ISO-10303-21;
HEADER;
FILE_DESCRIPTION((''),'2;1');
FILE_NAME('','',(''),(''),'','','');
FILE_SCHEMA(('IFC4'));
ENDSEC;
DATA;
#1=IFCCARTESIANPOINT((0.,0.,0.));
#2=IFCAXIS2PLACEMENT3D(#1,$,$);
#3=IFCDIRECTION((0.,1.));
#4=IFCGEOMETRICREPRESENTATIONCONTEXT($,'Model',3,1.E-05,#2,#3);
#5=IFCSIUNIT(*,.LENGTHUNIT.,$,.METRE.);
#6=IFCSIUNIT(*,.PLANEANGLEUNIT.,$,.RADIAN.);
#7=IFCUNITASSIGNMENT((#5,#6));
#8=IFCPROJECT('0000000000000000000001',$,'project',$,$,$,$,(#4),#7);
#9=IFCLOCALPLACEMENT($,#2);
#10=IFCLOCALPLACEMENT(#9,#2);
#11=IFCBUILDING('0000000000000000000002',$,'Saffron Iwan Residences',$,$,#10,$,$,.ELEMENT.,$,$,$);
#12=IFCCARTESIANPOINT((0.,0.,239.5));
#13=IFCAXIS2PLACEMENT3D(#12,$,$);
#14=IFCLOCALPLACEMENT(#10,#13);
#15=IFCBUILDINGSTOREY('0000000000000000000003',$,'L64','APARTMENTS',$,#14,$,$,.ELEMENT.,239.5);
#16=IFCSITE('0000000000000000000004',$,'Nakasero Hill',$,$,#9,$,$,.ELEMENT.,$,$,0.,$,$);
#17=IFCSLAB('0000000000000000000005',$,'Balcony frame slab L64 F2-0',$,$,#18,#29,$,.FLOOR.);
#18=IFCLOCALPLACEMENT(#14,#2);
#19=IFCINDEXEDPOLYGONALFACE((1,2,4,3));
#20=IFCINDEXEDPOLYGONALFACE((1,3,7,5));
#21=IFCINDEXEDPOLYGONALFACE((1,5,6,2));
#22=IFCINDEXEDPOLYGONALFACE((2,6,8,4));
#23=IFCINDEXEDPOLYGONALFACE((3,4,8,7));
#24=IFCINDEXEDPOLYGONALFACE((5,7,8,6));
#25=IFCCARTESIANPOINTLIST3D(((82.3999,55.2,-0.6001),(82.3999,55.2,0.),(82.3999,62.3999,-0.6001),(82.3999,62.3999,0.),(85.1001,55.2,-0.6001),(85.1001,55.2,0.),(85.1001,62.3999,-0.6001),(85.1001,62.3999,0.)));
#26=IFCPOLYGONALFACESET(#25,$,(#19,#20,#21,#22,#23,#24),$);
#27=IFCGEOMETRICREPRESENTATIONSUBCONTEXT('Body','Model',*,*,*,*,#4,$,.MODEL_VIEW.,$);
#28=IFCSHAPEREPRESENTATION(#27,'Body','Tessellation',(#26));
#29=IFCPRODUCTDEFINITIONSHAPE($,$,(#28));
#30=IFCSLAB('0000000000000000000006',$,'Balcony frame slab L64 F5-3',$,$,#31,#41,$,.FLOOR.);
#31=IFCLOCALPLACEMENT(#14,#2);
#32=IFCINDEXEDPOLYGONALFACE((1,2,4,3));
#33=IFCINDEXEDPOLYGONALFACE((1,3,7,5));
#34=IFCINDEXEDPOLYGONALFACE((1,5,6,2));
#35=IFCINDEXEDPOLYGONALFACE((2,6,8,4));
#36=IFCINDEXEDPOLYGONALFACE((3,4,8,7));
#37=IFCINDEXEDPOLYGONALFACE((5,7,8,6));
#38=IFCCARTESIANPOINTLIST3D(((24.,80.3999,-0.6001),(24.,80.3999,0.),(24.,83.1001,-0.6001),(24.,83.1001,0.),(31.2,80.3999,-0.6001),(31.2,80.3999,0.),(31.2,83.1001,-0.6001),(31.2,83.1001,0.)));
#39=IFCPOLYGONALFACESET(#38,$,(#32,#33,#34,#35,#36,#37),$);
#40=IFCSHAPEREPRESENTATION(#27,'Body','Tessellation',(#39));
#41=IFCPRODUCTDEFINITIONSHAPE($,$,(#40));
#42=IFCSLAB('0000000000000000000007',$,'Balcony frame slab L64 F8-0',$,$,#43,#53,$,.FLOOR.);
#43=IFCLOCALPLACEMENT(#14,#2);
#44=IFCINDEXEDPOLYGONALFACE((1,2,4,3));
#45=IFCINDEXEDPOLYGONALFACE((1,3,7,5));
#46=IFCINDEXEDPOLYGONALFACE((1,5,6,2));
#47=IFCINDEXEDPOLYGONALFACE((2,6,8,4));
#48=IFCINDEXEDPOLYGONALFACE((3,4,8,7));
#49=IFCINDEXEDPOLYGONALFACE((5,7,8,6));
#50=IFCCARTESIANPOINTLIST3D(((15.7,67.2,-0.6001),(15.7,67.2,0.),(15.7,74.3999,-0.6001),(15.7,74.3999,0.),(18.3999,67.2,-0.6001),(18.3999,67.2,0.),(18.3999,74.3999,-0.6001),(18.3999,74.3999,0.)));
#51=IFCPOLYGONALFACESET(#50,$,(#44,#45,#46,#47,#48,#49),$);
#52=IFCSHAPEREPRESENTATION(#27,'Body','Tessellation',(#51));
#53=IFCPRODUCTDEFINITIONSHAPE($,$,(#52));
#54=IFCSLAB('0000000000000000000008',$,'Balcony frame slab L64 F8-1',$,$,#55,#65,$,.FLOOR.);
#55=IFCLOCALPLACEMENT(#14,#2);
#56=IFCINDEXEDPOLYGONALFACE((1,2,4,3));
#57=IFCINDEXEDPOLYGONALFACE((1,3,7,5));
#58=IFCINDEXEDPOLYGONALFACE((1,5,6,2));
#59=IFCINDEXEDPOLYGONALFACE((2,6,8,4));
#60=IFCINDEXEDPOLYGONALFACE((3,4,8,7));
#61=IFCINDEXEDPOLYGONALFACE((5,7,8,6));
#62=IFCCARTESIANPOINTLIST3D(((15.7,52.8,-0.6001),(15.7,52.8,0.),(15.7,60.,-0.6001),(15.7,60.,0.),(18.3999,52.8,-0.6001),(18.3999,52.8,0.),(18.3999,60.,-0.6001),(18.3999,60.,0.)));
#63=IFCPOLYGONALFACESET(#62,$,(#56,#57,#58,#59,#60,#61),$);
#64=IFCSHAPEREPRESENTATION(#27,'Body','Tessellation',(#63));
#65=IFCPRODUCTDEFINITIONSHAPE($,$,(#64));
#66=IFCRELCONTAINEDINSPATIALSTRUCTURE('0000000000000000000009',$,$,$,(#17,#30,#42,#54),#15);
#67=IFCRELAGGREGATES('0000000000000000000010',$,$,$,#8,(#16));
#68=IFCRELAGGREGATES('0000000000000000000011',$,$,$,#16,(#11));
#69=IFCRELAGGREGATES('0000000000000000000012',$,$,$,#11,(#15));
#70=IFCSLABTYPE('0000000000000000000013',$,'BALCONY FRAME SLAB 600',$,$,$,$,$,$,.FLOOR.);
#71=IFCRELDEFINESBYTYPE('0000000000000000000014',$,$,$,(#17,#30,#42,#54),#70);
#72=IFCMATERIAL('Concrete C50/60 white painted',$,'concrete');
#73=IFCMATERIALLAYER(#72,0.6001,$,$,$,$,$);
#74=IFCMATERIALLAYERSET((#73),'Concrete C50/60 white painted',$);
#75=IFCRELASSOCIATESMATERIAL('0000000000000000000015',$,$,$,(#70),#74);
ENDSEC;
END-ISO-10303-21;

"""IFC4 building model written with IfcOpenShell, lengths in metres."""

from ifc_helpers import new_model, si_unit, direction, frame, origin, place, context, subcontext, project, spatial, polyline, outline, extrude, material, layer, layer_set, type_object, element, save


model = new_model("IFC4")

# Units and contexts
model_context = context("Model", 3, precision=1e-05, world=origin(), true_north=direction((0.0, 1.0)))
body_context = subcontext(model_context, "Body", "Model", "MODEL_VIEW")
ifc_project = project(units=[si_unit("LENGTHUNIT", "METRE"), si_unit("PLANEANGLEUNIT", "RADIAN")], contexts=[model_context])

# Site, building, storey
site_placement = place(None, origin())
site = spatial("IfcSite", under=ifc_project, at=site_placement, Name="Nakasero Hill", CompositionType="ELEMENT", RefElevation=0.0)
building_placement = place(site_placement, origin())
building = spatial("IfcBuilding", under=site, at=building_placement, Name="Saffron Iwan Residences", CompositionType="ELEMENT")
storey_placement = place(building_placement, frame((0.0, 0.0, 239.5)))
storey = spatial("IfcBuildingStorey", under=building, at=storey_placement, Name="L64", Description="APARTMENTS", CompositionType="ELEMENT", Elevation=239.5)

# Slabs
ifc_material_1 = material(Name="Concrete C50/60 white painted", Category="concrete")
ifc_layer_1 = layer(ifc_material_1, 0.6001)
ifc_layer_set_1 = layer_set([ifc_layer_1], Name="Concrete C50/60 white painted")
slab_type_1 = type_object("IfcSlabType", Name="BALCONY FRAME SLAB 600", PredefinedType="FLOOR", material=ifc_layer_set_1)
slab_1_placement = place(storey_placement, frame((0.0, 0.0, -0.6001)))
element("IfcSlab", 1, at=slab_1_placement, inside=storey, type_object=slab_type_1, Name="Balcony frame slab L64 F2-0", PredefinedType="FLOOR", context=body_context, shape_type="SweptSolid", body=[
    extrude(outline(polyline([(85.1001, 55.2), (85.1001, 62.3999), (82.3999, 62.3999), (82.3999, 55.2), (85.1001, 55.2)])), origin(), (0.0, 0.0, 1.0), 0.6001),
])
slab_2_placement = place(storey_placement, frame((0.0, 0.0, -0.6001)))
element("IfcSlab", 2, at=slab_2_placement, inside=storey, type_object=slab_type_1, Name="Balcony frame slab L64 F5-3", PredefinedType="FLOOR", context=body_context, shape_type="SweptSolid", body=[
    extrude(outline(polyline([(31.2, 83.1001), (24.0, 83.1001), (24.0, 80.3999), (31.2, 80.3999), (31.2, 83.1001)])), origin(), (0.0, 0.0, 1.0), 0.6001),
])
slab_3_placement = place(storey_placement, frame((0.0, 0.0, -0.6001)))
element("IfcSlab", 3, at=slab_3_placement, inside=storey, type_object=slab_type_1, Name="Balcony frame slab L64 F8-0", PredefinedType="FLOOR", context=body_context, shape_type="SweptSolid", body=[
    extrude(outline(polyline([(15.7, 74.3999), (15.7, 67.2), (18.3999, 67.2), (18.3999, 74.3999), (15.7, 74.3999)])), origin(), (0.0, 0.0, 1.0), 0.6001),
])
slab_4_placement = place(storey_placement, frame((0.0, 0.0, -0.6001)))
element("IfcSlab", 4, at=slab_4_placement, inside=storey, type_object=slab_type_1, Name="Balcony frame slab L64 F8-1", PredefinedType="FLOOR", context=body_context, shape_type="SweptSolid", body=[
    extrude(outline(polyline([(15.7, 60.0), (15.7, 52.8), (18.3999, 52.8), (18.3999, 60.0), (15.7, 60.0)])), origin(), (0.0, 0.0, 1.0), 0.6001),
])

save(model, "model.ifc")
